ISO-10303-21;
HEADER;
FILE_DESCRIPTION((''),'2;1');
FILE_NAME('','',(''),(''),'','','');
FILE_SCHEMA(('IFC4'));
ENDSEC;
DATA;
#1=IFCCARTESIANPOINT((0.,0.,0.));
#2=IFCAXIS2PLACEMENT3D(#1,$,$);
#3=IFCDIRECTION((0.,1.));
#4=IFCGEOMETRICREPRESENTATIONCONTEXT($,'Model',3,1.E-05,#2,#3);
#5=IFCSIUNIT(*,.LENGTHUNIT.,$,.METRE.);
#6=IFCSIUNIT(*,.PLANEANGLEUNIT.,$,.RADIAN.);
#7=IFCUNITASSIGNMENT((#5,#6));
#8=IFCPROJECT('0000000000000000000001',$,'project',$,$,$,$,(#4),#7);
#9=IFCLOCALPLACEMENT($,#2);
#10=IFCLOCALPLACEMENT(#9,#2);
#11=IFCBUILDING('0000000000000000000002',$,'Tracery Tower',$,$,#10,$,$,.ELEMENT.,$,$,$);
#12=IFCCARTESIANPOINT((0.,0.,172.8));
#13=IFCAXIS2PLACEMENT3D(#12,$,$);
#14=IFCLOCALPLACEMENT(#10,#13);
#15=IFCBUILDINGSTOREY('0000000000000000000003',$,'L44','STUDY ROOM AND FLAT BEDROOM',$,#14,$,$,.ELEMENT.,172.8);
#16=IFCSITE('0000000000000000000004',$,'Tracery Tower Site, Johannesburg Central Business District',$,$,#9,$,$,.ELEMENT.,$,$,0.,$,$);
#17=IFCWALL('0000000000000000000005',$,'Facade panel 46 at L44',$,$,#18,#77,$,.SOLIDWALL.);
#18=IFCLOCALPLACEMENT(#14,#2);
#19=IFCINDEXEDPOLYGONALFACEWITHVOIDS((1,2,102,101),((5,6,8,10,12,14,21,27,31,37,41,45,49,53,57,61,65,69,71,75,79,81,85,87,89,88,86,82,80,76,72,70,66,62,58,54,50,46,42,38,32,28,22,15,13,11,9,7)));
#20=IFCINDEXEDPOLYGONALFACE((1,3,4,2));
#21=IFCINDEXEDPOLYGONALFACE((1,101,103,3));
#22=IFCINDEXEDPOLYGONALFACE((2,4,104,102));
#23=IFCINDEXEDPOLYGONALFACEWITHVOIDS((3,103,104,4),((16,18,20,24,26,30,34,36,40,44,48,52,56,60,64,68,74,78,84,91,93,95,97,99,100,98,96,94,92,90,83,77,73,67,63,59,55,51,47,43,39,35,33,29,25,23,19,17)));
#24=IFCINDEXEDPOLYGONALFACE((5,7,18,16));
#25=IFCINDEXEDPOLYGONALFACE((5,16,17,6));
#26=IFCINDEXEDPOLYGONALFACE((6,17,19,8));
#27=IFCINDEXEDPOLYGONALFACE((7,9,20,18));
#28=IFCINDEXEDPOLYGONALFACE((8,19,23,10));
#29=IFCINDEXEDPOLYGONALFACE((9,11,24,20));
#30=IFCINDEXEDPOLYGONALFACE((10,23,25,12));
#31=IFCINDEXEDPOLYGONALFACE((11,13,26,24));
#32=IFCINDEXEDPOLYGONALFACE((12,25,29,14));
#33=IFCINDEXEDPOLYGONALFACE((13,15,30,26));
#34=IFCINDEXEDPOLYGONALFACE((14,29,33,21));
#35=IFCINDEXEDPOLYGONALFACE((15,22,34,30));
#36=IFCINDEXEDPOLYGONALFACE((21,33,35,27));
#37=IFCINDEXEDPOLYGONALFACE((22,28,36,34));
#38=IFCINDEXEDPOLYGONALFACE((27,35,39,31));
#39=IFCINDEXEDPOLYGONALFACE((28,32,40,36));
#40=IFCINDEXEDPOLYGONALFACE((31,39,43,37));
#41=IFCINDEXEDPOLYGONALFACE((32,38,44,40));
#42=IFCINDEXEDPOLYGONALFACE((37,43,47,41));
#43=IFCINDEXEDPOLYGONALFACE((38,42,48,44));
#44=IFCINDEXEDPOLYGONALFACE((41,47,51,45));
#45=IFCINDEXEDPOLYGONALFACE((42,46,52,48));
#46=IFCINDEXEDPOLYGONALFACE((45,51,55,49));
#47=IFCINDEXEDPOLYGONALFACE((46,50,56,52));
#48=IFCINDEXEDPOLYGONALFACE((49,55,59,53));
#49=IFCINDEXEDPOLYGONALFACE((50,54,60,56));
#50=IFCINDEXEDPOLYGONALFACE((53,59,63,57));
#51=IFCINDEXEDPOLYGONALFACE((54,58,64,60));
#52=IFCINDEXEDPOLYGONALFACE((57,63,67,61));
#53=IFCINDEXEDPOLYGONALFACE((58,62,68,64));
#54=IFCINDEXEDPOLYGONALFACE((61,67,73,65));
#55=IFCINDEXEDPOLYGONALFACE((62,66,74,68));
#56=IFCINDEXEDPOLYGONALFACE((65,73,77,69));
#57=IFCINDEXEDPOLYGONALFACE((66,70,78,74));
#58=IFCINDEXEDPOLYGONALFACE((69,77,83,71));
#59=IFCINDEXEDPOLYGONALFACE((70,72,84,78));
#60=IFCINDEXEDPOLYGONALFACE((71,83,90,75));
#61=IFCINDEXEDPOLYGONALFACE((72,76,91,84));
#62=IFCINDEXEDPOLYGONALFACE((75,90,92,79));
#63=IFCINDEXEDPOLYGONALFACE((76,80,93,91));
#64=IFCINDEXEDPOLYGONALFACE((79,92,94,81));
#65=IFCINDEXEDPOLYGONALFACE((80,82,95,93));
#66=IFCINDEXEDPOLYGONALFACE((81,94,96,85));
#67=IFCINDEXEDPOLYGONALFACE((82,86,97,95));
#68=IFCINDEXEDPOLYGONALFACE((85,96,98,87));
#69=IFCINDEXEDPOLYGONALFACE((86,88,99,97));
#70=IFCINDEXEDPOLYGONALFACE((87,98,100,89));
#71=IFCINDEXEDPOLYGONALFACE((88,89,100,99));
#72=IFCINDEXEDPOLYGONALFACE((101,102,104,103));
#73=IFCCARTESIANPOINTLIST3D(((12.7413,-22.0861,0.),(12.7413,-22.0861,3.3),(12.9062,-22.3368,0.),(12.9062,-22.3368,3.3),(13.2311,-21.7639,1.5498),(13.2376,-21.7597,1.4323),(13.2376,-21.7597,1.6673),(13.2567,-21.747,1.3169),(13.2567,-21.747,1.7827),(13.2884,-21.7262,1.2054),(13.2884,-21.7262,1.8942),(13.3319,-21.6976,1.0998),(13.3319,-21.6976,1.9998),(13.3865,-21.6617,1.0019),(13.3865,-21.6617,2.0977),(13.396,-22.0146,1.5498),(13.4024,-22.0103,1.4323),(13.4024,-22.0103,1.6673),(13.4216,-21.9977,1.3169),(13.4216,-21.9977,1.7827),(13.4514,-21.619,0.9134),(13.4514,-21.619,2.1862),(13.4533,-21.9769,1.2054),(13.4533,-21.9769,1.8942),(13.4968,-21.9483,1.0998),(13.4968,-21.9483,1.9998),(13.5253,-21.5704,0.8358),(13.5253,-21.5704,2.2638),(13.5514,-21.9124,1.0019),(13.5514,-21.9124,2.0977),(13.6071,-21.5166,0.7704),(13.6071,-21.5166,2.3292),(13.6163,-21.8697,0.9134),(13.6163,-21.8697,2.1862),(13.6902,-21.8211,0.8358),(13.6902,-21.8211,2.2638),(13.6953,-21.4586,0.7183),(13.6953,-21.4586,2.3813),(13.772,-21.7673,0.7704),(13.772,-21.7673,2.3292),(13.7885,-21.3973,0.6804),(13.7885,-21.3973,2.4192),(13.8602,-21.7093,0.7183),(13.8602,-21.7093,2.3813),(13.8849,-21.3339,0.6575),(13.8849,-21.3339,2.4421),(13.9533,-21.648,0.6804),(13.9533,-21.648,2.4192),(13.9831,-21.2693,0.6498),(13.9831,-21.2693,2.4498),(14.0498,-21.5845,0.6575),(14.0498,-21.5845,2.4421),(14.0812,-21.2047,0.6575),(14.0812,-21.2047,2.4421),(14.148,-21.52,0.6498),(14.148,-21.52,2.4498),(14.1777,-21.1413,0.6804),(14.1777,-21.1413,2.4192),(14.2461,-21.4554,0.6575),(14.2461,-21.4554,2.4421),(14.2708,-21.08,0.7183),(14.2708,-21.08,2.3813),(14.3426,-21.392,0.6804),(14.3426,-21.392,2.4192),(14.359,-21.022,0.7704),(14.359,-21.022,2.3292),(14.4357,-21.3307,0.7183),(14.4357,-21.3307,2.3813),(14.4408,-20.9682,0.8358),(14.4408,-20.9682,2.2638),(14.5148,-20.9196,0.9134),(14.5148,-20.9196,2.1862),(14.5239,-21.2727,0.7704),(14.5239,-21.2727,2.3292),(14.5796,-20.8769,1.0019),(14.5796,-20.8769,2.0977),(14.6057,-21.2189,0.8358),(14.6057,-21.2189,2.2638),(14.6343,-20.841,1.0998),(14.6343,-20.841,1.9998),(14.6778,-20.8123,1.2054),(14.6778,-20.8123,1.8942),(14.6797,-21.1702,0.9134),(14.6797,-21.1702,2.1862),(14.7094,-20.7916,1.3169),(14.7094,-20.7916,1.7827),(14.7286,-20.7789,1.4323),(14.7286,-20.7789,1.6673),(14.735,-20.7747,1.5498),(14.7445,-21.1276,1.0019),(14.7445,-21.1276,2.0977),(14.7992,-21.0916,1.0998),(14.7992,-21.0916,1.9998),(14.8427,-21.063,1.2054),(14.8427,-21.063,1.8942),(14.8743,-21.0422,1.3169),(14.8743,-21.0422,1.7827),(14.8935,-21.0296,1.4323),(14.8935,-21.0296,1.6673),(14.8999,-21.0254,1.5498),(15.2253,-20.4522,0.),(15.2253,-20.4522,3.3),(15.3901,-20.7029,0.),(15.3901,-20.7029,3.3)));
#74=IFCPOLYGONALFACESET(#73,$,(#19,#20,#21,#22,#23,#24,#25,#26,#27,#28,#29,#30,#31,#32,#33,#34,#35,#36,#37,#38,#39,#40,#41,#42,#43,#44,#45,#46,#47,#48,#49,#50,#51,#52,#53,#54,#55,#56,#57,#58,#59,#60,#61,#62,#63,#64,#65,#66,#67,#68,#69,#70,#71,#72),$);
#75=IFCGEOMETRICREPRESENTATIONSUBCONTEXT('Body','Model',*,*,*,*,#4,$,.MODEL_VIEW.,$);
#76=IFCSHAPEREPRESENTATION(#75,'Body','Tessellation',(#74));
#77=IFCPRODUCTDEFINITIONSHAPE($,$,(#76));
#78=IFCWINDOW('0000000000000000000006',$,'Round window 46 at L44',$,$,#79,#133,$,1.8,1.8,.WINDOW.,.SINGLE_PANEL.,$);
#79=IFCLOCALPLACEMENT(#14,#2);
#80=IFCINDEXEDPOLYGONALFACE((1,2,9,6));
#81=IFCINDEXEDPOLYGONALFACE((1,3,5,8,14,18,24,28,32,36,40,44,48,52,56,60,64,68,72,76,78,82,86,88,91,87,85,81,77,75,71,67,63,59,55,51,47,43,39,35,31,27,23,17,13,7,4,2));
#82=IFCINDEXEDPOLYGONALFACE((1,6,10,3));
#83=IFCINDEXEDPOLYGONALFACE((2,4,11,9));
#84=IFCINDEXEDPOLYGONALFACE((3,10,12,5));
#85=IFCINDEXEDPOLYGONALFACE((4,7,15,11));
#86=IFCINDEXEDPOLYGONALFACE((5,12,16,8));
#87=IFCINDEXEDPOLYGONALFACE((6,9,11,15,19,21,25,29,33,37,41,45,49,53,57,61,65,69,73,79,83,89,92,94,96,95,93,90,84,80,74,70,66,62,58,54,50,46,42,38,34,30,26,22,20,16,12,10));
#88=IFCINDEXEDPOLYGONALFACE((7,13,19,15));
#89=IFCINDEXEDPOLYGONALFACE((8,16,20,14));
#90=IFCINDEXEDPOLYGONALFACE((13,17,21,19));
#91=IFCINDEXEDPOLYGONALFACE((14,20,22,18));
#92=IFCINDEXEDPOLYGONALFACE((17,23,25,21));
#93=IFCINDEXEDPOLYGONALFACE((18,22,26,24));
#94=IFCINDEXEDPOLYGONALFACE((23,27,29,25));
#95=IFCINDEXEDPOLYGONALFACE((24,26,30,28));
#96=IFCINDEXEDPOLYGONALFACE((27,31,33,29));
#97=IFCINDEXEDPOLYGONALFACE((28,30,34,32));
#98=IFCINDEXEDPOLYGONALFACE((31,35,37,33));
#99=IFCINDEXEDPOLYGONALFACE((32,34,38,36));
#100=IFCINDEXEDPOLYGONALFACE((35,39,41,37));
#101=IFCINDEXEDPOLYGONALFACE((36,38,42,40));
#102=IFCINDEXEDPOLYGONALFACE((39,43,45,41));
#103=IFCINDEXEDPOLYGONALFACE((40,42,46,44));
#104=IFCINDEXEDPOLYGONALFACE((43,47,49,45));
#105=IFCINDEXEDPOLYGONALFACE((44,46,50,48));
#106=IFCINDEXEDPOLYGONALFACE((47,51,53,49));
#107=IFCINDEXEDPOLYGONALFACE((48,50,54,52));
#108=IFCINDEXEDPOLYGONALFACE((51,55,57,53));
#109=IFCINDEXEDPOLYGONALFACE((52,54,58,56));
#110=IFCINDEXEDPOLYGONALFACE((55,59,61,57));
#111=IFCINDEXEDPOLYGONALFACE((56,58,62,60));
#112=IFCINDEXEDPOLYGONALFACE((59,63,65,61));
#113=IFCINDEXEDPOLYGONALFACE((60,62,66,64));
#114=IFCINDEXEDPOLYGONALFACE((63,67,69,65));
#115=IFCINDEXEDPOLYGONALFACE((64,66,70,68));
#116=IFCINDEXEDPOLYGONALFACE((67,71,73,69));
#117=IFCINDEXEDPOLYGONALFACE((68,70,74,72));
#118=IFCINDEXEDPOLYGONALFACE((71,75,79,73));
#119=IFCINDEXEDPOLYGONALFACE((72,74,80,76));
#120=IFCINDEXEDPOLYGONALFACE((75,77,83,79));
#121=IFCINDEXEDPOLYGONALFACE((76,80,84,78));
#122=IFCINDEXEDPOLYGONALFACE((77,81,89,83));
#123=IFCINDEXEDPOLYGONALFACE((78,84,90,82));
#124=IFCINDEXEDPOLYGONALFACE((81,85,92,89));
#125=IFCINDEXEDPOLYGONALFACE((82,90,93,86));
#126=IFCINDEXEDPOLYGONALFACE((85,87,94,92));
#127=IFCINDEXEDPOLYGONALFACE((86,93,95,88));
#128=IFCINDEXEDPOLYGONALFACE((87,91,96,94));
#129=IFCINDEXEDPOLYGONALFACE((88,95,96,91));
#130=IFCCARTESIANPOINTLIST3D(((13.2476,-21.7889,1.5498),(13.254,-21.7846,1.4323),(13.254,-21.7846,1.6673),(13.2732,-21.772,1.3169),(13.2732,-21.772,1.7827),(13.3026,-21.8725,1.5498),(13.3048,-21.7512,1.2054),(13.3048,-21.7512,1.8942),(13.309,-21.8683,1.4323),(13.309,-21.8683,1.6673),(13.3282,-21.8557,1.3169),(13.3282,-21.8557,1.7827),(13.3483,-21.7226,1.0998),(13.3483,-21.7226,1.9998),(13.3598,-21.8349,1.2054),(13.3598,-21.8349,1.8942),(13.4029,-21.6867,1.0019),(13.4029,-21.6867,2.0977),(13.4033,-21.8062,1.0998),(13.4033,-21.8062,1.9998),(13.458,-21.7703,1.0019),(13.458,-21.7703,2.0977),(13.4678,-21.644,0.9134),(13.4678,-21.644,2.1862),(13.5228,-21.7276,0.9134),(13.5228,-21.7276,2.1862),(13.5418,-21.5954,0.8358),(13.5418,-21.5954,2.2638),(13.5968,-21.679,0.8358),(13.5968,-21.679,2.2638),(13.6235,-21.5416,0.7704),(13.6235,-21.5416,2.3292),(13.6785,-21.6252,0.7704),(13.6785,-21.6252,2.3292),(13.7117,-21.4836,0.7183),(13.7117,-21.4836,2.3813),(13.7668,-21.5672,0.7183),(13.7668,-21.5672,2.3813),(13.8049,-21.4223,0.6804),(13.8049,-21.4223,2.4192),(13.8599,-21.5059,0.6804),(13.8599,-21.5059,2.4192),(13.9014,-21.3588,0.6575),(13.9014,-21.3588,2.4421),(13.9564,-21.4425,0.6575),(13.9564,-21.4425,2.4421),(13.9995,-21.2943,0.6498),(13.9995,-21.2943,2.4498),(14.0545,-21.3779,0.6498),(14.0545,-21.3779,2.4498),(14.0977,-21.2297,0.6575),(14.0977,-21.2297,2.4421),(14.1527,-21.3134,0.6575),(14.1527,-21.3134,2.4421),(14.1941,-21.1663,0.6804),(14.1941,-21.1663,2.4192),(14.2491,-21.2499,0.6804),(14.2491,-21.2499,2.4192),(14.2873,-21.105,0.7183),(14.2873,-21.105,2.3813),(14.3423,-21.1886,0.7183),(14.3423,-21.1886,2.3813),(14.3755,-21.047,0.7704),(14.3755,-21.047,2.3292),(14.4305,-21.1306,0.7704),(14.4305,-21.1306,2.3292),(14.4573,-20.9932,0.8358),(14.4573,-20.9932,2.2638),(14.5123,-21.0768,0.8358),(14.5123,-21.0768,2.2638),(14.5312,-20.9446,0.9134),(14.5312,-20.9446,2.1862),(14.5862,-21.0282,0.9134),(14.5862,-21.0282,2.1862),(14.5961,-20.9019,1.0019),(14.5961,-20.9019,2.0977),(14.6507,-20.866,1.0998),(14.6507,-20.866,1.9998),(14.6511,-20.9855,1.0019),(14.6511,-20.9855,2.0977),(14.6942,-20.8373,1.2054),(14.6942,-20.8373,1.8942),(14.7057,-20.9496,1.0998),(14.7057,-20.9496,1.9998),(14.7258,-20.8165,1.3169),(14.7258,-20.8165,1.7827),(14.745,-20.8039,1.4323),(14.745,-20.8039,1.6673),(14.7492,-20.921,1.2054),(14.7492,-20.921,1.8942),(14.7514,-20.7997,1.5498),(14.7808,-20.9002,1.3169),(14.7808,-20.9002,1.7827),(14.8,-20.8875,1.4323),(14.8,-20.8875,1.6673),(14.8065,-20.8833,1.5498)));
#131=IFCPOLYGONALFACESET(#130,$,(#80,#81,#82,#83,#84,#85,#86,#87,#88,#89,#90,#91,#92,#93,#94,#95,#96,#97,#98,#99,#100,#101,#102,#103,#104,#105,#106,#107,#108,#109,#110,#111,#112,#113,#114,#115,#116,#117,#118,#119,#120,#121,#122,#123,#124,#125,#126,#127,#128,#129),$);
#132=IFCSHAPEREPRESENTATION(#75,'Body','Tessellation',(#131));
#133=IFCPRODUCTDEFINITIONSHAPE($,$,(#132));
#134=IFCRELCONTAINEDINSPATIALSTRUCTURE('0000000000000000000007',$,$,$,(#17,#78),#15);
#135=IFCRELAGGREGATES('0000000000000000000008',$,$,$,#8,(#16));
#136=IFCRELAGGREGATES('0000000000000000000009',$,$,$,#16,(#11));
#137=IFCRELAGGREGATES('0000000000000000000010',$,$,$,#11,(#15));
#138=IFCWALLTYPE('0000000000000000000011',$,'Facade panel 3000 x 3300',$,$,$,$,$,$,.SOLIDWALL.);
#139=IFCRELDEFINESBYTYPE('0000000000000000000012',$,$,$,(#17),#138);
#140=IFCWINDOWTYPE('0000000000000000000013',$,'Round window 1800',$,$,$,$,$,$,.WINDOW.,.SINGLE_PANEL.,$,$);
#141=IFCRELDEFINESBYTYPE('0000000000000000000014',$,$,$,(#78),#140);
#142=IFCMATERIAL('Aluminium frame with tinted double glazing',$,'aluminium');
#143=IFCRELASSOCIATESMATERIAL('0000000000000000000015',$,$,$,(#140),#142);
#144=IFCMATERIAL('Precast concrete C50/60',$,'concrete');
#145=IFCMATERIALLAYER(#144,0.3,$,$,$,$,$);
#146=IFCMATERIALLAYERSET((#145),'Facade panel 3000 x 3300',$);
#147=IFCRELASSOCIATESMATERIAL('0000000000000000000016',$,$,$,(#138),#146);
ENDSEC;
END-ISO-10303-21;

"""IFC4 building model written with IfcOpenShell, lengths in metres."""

from ifc_helpers import new_model, si_unit, direction, frame, frame_2d, origin, origin_2d, place, context, subcontext, project, spatial, rectangle, circle, extrude, material, layer, layer_set, type_object, element, fill, save


model = new_model("IFC4")

# Units and contexts
model_context = context("Model", 3, precision=1e-05, world=origin(), true_north=direction((0.0, 1.0)))
body_context = subcontext(model_context, "Body", "Model", "MODEL_VIEW")
ifc_project = project(units=[si_unit("LENGTHUNIT", "METRE"), si_unit("PLANEANGLEUNIT", "RADIAN")], contexts=[model_context])

# Site, building, storey
site_placement = place(None, origin())
site = spatial("IfcSite", under=ifc_project, at=site_placement, Name="Tracery Tower Site, Johannesburg Central Business District", CompositionType="ELEMENT", RefElevation=0.0)
building_placement = place(site_placement, origin())
building = spatial("IfcBuilding", under=site, at=building_placement, Name="Tracery Tower", CompositionType="ELEMENT")
storey_placement = place(building_placement, frame((0.0, 0.0, 172.8)))
storey = spatial("IfcBuildingStorey", under=building, at=storey_placement, Name="L44", Description="STUDY ROOM AND FLAT BEDROOM", CompositionType="ELEMENT", Elevation=172.8)

# Wall, opening, window
ifc_material_1 = material(Name="Aluminium frame with tinted double glazing", Category="aluminium")
window_type = type_object("IfcWindowType", Name="Round window 1800", PartitioningType="SINGLE_PANEL", PredefinedType="WINDOW", material=ifc_material_1)
ifc_material_2 = material(Name="Precast concrete C50/60", Category="concrete")
ifc_layer_1 = layer(ifc_material_2, 0.3)
ifc_layer_set_1 = layer_set([ifc_layer_1], Name="Facade panel 3000 x 3300")
wall_type_1 = type_object("IfcWallType", Name="Facade panel 3000 x 3300", PredefinedType="SOLIDWALL", material=ifc_layer_set_1)
wall_1_placement = place(storey_placement, frame((12.8237, -22.2114, 0.0), z_axis=(0.0, 0.0, 1.0), x_axis=(0.835471, 0.549535, 0.0)))
wall_1 = element("IfcWall", 1, at=wall_1_placement, inside=storey, type_object=wall_type_1, Name="Facade panel 46 at L44", PredefinedType="SOLIDWALL", context=body_context, shape_type="SweptSolid", body=[
    extrude(rectangle(XDim=2.9731, YDim=0.3, at=frame_2d((1.4866, 0.0))), origin(), (0.0, 0.0, 1.0), 3.3),
])
opening_1_placement = place(wall_1_placement, frame((1.4863, 0.0, 1.5498)))
opening_1 = element("IfcOpeningElement", 2, at=opening_1_placement, cuts=wall_1, PredefinedType="OPENING", context=body_context, shape_type="SweptSolid", body=[
    extrude(circle(Radius=0.9, at=origin_2d()), frame((0.0, 0.1599, 0.0), z_axis=(0.0, -1.0, 0.0), x_axis=(1.0, 0.0, 0.0)), (0.0, 0.0, 1.0), 0.3201),
])
window_1_placement = place(opening_1_placement, origin())
window_1 = element("IfcWindow", 3, at=window_1_placement, inside=storey, type_object=window_type, Name="Round window 46 at L44", OverallHeight=1.8, OverallWidth=1.8, PartitioningType="SINGLE_PANEL", PredefinedType="WINDOW", context=body_context, shape_type="SweptSolid", body=[
    extrude(circle(Radius=0.9, at=origin_2d()), frame((0.0, 0.1201, 0.0), z_axis=(0.0, -1.0, 0.0), x_axis=(1.0, 0.0, 0.0)), (0.0, 0.0, 1.0), 0.1001),
])
fill(opening_1, window_1)

save(model, "model.ifc")
